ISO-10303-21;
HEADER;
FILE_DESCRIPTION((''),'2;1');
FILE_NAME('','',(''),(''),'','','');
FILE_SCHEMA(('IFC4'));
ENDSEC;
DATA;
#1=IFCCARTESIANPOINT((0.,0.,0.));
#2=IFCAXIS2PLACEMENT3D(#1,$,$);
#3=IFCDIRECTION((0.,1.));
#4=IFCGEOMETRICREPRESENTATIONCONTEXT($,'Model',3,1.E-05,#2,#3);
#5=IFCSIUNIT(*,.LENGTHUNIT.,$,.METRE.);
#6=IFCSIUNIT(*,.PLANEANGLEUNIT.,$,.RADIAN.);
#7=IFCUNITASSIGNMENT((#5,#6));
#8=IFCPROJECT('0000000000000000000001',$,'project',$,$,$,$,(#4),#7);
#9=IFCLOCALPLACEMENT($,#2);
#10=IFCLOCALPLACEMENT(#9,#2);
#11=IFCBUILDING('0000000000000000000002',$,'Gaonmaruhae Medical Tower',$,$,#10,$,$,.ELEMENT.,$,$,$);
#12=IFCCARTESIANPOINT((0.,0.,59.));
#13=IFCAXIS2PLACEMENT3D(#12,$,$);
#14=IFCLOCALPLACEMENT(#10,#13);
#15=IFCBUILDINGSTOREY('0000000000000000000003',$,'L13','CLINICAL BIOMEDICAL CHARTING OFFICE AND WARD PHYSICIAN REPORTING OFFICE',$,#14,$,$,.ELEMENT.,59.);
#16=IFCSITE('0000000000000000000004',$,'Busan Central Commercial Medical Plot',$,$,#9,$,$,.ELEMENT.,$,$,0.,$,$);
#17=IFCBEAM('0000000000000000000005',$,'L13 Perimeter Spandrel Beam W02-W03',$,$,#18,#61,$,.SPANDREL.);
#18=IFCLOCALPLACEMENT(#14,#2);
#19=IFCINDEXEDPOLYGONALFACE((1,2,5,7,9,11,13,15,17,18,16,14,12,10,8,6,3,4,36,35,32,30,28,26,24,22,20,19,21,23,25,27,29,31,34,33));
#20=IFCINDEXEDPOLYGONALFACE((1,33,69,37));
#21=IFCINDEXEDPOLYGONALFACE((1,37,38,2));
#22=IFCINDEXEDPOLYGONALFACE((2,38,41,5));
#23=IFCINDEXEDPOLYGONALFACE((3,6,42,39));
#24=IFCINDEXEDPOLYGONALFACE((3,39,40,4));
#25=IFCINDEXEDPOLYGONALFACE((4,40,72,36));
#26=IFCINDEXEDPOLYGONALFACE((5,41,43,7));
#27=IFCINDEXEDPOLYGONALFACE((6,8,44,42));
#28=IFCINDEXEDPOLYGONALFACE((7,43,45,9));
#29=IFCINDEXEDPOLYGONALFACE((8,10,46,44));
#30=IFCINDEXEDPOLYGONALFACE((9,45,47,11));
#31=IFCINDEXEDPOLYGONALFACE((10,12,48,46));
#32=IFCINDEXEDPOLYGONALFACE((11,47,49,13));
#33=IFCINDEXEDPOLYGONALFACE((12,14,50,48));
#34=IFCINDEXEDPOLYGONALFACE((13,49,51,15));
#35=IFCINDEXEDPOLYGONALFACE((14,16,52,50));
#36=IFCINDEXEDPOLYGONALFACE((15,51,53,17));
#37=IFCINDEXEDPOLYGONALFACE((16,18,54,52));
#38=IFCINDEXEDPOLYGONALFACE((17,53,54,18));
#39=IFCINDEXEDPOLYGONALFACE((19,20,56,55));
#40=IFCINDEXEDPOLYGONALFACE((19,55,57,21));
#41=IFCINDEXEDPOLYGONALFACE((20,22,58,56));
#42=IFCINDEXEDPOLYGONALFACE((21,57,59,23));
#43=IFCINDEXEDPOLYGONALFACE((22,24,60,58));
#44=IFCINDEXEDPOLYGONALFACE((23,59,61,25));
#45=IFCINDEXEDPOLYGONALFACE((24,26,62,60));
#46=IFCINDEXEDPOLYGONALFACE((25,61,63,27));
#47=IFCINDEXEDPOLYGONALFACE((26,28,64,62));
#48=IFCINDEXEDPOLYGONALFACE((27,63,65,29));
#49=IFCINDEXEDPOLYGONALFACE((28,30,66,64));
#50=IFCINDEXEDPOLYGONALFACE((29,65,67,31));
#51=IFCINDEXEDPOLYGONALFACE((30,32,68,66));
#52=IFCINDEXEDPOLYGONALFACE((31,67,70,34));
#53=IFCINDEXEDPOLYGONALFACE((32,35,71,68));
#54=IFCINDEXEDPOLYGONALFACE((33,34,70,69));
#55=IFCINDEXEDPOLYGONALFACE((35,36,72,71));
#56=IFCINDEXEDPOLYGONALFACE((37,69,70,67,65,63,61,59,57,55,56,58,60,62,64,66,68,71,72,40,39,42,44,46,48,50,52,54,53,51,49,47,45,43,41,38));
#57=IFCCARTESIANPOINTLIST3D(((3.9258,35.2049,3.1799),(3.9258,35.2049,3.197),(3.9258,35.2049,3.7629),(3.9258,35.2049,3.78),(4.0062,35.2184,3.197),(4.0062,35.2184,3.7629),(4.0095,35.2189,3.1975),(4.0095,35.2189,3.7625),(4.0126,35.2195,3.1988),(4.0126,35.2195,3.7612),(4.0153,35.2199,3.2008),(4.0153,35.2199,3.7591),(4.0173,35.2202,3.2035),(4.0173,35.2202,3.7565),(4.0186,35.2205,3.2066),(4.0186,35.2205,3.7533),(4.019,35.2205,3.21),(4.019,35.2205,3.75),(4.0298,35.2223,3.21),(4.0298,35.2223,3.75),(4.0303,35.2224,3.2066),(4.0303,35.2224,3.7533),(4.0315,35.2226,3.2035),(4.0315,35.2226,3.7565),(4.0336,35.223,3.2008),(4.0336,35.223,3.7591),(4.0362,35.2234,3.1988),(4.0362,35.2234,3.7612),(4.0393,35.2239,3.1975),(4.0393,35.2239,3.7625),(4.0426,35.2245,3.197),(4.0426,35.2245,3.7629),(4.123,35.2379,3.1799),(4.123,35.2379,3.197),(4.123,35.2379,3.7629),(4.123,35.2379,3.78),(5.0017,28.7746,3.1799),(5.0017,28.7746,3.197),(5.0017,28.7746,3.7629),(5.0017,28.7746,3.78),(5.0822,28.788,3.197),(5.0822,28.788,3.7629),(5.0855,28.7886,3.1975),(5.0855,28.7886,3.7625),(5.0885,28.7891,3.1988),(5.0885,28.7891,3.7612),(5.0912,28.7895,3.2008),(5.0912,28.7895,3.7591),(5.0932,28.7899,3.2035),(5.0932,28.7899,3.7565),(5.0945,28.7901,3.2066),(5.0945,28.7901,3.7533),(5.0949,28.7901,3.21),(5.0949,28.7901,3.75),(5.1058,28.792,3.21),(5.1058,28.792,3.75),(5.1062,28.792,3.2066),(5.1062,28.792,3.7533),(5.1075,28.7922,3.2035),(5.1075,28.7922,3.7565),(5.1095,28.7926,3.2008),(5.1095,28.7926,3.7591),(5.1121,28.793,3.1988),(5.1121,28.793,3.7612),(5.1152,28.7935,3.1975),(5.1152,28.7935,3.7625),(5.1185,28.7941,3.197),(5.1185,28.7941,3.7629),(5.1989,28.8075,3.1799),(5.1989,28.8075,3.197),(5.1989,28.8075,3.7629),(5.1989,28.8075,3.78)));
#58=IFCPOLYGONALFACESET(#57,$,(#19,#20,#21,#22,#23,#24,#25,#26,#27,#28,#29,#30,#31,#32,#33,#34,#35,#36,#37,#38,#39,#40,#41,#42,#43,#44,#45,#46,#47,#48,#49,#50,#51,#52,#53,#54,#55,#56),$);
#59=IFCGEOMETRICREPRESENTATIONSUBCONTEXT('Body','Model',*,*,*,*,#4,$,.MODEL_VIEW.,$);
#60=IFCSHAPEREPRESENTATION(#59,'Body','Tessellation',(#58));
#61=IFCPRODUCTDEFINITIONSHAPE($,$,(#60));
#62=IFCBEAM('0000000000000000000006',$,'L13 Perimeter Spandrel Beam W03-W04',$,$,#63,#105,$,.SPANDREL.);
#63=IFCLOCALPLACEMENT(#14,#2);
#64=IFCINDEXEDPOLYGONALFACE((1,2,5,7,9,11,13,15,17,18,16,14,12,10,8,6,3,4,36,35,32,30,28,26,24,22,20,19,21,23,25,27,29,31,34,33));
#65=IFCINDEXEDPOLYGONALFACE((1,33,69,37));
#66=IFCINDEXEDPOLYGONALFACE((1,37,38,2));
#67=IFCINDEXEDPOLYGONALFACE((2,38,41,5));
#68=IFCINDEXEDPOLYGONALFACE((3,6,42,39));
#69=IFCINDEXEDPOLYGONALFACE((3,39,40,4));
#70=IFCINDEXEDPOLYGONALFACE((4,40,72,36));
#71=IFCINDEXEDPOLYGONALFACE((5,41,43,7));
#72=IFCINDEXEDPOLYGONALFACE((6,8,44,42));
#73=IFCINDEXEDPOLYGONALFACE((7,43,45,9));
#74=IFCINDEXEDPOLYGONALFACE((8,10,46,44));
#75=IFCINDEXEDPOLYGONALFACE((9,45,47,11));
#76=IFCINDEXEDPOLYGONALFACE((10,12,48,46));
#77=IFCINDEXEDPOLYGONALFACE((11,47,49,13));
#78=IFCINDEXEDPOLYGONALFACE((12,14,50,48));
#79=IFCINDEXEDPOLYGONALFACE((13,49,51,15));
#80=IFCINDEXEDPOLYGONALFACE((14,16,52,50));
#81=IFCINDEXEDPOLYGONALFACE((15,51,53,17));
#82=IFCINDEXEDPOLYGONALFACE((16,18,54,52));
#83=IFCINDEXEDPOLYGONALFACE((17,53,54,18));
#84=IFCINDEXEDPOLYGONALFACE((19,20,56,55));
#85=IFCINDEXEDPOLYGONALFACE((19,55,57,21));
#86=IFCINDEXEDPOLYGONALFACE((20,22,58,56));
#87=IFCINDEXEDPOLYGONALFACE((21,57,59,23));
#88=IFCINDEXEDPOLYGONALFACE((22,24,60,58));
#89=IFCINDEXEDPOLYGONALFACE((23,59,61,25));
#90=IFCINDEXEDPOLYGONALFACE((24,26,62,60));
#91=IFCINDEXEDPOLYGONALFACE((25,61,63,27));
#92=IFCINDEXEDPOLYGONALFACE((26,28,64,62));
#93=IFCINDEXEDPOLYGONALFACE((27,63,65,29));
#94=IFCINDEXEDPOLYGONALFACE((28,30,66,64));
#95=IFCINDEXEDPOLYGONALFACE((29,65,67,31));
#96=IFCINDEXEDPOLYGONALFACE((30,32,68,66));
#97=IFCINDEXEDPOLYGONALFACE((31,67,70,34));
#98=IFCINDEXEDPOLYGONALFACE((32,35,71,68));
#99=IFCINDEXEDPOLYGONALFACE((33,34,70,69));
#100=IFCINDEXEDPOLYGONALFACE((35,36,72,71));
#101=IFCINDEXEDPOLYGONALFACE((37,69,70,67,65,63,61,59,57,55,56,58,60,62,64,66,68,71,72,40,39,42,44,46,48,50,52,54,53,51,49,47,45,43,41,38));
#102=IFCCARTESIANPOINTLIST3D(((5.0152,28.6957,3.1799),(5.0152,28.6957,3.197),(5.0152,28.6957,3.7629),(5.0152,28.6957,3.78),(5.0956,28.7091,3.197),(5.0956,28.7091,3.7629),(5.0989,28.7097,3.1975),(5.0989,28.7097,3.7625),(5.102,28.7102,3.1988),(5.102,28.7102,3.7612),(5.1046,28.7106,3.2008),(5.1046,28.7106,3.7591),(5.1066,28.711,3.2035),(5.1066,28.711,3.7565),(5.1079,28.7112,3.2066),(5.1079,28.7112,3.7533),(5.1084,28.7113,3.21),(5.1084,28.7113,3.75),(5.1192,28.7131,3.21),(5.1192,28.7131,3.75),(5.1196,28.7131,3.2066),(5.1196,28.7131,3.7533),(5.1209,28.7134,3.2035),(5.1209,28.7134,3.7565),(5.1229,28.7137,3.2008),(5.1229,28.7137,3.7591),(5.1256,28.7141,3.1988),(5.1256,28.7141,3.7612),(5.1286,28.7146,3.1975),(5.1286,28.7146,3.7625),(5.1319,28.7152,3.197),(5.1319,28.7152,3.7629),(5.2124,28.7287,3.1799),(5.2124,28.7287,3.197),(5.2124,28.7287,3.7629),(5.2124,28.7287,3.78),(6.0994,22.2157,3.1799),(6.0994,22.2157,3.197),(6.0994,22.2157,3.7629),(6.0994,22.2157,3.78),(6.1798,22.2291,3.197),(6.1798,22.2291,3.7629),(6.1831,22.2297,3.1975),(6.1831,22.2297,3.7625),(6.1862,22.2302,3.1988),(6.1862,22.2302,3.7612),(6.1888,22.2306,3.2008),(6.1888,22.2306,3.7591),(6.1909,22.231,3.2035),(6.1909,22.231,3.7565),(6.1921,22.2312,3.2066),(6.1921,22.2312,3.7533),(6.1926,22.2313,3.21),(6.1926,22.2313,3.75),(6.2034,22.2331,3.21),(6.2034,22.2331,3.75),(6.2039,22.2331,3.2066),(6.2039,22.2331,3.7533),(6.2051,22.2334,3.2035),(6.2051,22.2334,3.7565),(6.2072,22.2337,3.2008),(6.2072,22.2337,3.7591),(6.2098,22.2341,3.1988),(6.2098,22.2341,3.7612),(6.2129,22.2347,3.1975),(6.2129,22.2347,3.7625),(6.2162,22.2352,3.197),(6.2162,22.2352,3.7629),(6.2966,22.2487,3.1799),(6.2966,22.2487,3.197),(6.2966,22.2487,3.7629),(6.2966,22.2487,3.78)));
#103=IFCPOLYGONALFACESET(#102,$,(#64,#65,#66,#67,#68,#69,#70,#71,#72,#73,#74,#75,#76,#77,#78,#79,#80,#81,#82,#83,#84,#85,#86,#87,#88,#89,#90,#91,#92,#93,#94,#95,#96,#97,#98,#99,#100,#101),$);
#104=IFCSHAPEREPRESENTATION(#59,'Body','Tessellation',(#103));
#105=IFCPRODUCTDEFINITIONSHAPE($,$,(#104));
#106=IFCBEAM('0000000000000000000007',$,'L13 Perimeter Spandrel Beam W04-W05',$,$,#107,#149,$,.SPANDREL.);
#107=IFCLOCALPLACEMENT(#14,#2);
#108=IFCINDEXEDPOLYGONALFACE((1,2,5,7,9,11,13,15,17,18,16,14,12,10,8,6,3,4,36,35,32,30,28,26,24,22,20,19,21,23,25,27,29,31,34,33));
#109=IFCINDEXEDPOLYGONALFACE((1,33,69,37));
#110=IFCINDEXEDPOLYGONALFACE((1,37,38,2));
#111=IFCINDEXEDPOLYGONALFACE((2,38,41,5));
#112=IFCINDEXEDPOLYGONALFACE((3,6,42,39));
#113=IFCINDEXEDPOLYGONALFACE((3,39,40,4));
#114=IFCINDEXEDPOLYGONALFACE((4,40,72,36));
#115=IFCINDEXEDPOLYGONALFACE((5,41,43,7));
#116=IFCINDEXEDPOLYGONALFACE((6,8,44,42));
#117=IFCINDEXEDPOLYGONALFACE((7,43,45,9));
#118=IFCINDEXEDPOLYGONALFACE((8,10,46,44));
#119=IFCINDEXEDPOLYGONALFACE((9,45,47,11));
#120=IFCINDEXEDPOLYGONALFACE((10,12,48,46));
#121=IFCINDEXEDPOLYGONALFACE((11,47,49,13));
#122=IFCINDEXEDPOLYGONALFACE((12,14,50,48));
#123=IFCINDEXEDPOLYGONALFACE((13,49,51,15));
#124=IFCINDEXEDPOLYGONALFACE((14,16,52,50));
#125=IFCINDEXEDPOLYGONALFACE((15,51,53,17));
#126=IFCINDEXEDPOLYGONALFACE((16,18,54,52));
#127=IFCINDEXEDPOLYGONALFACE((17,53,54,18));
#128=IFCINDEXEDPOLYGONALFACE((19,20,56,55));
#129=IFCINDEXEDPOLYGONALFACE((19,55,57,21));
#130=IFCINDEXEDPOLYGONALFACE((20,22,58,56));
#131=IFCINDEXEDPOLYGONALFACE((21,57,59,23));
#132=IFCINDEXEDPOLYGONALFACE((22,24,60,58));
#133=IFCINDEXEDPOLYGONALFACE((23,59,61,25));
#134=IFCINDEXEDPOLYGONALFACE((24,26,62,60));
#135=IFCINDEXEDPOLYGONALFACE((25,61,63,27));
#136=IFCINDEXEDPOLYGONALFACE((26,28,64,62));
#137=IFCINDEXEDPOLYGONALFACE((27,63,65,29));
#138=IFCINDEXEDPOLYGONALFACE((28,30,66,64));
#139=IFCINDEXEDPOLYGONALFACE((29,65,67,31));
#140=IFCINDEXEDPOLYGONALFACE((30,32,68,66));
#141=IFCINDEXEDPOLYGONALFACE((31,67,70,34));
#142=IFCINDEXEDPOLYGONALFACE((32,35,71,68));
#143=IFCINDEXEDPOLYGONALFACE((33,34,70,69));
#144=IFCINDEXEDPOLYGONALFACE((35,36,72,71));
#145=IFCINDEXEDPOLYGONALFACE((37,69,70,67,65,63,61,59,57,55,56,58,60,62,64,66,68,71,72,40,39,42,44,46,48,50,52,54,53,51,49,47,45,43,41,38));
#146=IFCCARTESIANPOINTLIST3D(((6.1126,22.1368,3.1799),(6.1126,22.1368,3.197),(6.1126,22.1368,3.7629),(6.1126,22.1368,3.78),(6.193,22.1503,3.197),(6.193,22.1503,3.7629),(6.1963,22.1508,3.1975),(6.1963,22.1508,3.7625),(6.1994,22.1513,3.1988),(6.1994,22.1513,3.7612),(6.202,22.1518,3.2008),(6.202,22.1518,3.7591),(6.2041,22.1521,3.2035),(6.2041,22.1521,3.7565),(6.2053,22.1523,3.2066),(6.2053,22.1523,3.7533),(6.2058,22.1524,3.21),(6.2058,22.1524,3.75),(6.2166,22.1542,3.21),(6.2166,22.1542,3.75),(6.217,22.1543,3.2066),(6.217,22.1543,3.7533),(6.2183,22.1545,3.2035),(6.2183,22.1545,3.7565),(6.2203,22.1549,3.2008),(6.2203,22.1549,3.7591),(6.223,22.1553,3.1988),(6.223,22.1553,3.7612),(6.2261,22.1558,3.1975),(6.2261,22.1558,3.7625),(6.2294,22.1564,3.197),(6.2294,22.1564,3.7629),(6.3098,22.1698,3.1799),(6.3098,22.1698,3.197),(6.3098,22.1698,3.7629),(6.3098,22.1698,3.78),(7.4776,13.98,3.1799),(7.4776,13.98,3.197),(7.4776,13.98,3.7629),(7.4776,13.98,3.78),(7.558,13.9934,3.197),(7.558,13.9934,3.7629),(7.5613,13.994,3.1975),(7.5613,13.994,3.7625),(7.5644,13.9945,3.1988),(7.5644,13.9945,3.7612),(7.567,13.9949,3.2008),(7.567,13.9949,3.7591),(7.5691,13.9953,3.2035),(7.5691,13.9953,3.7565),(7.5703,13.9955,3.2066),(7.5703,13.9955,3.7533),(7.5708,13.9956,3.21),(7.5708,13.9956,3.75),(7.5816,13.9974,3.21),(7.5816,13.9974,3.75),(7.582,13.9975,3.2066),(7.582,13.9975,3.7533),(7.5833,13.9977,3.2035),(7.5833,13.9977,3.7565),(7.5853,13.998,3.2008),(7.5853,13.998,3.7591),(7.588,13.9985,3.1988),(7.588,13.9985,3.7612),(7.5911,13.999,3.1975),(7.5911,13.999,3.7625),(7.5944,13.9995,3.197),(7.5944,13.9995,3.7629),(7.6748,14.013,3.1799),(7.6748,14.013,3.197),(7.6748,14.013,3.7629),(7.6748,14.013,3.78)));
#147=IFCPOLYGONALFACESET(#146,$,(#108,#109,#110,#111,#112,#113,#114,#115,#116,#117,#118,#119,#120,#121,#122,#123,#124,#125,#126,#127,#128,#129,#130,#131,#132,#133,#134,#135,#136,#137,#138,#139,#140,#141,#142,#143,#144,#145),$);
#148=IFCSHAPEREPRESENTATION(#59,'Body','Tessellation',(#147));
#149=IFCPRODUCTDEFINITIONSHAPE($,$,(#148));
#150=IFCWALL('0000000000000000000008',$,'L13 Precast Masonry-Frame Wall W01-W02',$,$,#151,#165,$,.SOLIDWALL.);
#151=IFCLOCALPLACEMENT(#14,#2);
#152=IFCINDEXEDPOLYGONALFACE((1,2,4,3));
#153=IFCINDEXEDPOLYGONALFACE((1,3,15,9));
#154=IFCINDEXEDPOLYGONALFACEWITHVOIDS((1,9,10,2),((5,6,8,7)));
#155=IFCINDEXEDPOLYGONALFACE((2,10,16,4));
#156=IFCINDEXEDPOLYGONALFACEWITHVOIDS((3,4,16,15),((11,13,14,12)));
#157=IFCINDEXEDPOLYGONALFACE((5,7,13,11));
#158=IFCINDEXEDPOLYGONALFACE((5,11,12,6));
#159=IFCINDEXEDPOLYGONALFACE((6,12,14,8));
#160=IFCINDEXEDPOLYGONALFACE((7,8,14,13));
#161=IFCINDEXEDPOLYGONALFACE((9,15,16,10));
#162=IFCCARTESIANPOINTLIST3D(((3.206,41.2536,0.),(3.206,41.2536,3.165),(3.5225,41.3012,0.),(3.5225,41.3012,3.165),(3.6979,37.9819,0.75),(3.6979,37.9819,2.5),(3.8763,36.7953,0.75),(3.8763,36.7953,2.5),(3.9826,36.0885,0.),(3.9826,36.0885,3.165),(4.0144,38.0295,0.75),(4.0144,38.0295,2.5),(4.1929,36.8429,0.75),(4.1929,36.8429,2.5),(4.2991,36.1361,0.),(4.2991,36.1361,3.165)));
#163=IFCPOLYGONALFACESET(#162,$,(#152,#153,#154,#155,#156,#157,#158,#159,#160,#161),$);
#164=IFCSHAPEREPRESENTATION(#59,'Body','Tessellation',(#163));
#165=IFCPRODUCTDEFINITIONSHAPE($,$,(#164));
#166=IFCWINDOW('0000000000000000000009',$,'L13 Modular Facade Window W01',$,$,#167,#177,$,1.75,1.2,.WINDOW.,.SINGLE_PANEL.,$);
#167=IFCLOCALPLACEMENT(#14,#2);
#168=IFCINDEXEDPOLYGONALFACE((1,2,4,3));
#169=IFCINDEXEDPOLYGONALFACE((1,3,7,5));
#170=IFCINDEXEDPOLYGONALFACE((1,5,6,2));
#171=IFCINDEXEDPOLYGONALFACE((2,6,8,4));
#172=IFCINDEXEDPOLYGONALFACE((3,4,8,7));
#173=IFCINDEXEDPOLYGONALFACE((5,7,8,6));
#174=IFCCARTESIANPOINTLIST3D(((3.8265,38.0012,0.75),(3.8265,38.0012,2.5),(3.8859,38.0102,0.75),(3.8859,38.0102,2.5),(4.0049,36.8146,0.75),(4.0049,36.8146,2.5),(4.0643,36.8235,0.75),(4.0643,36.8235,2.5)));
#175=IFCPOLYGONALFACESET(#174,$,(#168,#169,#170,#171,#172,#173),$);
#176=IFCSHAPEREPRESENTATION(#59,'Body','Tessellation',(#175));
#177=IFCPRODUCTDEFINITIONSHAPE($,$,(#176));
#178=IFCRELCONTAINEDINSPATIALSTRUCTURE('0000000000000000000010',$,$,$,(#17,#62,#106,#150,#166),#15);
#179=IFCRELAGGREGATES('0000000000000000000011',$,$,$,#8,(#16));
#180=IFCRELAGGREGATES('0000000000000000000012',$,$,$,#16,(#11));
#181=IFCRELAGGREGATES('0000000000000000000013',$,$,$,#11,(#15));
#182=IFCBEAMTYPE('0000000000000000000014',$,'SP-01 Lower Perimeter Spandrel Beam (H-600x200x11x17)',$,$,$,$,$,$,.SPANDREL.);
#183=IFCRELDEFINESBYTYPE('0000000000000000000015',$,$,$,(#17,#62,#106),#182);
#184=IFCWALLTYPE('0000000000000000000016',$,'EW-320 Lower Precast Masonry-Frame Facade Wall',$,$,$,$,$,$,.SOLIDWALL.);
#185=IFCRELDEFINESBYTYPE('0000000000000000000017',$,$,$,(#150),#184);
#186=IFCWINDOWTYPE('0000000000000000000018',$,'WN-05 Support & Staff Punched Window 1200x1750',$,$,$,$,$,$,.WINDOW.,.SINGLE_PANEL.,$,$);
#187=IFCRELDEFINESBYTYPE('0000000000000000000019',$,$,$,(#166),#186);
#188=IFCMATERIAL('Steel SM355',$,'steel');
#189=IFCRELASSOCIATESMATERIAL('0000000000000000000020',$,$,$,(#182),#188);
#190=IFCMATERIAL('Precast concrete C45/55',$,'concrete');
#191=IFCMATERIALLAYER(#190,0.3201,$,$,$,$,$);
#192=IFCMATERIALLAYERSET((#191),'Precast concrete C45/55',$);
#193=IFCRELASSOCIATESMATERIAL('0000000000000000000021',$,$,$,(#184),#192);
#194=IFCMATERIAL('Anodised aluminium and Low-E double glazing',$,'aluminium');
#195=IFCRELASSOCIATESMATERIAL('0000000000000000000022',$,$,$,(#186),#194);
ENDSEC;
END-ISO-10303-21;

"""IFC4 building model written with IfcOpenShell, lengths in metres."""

from ifc_helpers import new_model, si_unit, direction, frame, frame_2d, origin, origin_2d, place, context, subcontext, project, spatial, rectangle, i_section, extrude, material, layer, layer_set, material_profile, profile_set, type_object, element, fill, save


model = new_model("IFC4")

# Units and contexts
model_context = context("Model", 3, precision=1e-05, world=origin(), true_north=direction((0.0, 1.0)))
body_context = subcontext(model_context, "Body", "Model", "MODEL_VIEW")
ifc_project = project(units=[si_unit("LENGTHUNIT", "METRE"), si_unit("PLANEANGLEUNIT", "RADIAN")], contexts=[model_context])

# Site, building, storey
site_placement = place(None, origin())
site = spatial("IfcSite", under=ifc_project, at=site_placement, Name="Busan Central Commercial Medical Plot", CompositionType="ELEMENT", RefElevation=0.0)
building_placement = place(site_placement, origin())
building = spatial("IfcBuilding", under=site, at=building_placement, Name="Gaonmaruhae Medical Tower", CompositionType="ELEMENT")
storey_placement = place(building_placement, frame((0.0, 0.0, 59.0)))
storey = spatial("IfcBuildingStorey", under=building, at=storey_placement, Name="L13", Description="CLINICAL BIOMEDICAL CHARTING OFFICE AND WARD PHYSICIAN REPORTING OFFICE", CompositionType="ELEMENT", Elevation=59.0)

# Beams
ifc_material_1 = material(Name="Steel SM355", Category="steel")
ifc_material_profile_1 = material_profile(ifc_material_1, i_section(OverallWidth=0.2, OverallDepth=0.6001, WebThickness=0.011, FlangeThickness=0.0171, FilletRadius=0.0129, at=origin_2d()), Name="H-600x200x11x17")
ifc_profile_set_1 = profile_set([ifc_material_profile_1], Name="Steel SM355")
beam_type_1 = type_object("IfcBeamType", Name="SP-01 Lower Perimeter Spandrel Beam (H-600x200x11x17)", PredefinedType="SPANDREL", material=ifc_profile_set_1)
beam_1_placement = place(storey_placement, frame((4.0244, 35.2214, 3.48), z_axis=(0.165024, -0.986289, 0.0), x_axis=(0.986289, 0.165024, 0.0)))
element("IfcBeam", 1, at=beam_1_placement, inside=storey, type_object=beam_type_1, Name="L13 Perimeter Spandrel Beam W02-W03", PredefinedType="SPANDREL", context=body_context, shape_type="SweptSolid", body=[
    extrude(i_section(OverallWidth=0.2, OverallDepth=0.6001, WebThickness=0.011, FlangeThickness=0.0171, FilletRadius=0.0129, at=origin_2d()), origin(), (0.0, 0.0, 1.0), 6.5198),
])
beam_2_placement = place(storey_placement, frame((5.1138, 28.7122, 3.48), z_axis=(0.165026, -0.986289, 0.0), x_axis=(0.986289, 0.165026, 0.0)))
element("IfcBeam", 2, at=beam_2_placement, inside=storey, type_object=beam_type_1, Name="L13 Perimeter Spandrel Beam W03-W04", PredefinedType="SPANDREL", context=body_context, shape_type="SweptSolid", body=[
    extrude(i_section(OverallWidth=0.2, OverallDepth=0.6001, WebThickness=0.011, FlangeThickness=0.0171, FilletRadius=0.0129, at=origin_2d()), origin(), (0.0, 0.0, 1.0), 6.5701),
])
beam_3_placement = place(storey_placement, frame((6.2112, 22.1533, 3.48), z_axis=(0.16505, -0.986285, 0.0), x_axis=(0.986285, 0.16505, 0.0)))
element("IfcBeam", 3, at=beam_3_placement, inside=storey, type_object=beam_type_1, Name="L13 Perimeter Spandrel Beam W04-W05", PredefinedType="SPANDREL", context=body_context, shape_type="SweptSolid", body=[
    extrude(i_section(OverallWidth=0.2, OverallDepth=0.6001, WebThickness=0.011, FlangeThickness=0.0171, FilletRadius=0.0129, at=origin_2d()), origin(), (0.0, 0.0, 1.0), 8.2703),
])

# Wall, opening, window
ifc_material_2 = material(Name="Precast concrete C45/55", Category="concrete")
ifc_layer_1 = layer(ifc_material_2, 0.3201)
ifc_layer_set_1 = layer_set([ifc_layer_1], Name="Precast concrete C45/55")
wall_type_1 = type_object("IfcWallType", Name="EW-320 Lower Precast Masonry-Frame Facade Wall", PredefinedType="SOLIDWALL", material=ifc_layer_set_1)
wall_1_placement = place(storey_placement, frame((4.1409, 36.1123, 0.0), z_axis=(0.0, 0.0, 1.0), x_axis=(-0.148688, 0.988884, 0.0)))
wall_1 = element("IfcWall", 4, at=wall_1_placement, inside=storey, type_object=wall_type_1, Name="L13 Precast Masonry-Frame Wall W01-W02", PredefinedType="SOLIDWALL", context=body_context, shape_type="SweptSolid", body=[
    extrude(rectangle(XDim=5.2231, YDim=0.3201, at=frame_2d((2.6116, 0.0))), origin(), (0.0, 0.0, 1.0), 3.165),
])
opening_1_placement = place(wall_1_placement, frame((0.7146, 0.0, 0.75)))
opening_1 = element("IfcOpeningElement", 5, at=opening_1_placement, cuts=wall_1, PredefinedType="OPENING", context=body_context, shape_type="SweptSolid", body=[
    extrude(rectangle(XDim=1.2, YDim=1.75, at=frame_2d((0.6001, 0.875))), frame((0.0, 0.1699, 0.0), z_axis=(0.0, -1.0, 0.0), x_axis=(1.0, 0.0, 0.0)), (0.0, 0.0, 1.0), 0.3401),
])
ifc_material_3 = material(Name="Anodised aluminium and Low-E double glazing", Category="aluminium")
window_type_1 = type_object("IfcWindowType", Name="WN-05 Support & Staff Punched Window 1200x1750", PartitioningType="SINGLE_PANEL", PredefinedType="WINDOW", material=ifc_material_3)
window_1_placement = place(opening_1_placement, origin())
window_1 = element("IfcWindow", 6, at=window_1_placement, inside=storey, type_object=window_type_1, Name="L13 Modular Facade Window W01", OverallHeight=1.75, OverallWidth=1.2, PartitioningType="SINGLE_PANEL", PredefinedType="WINDOW", context=body_context, shape_type="SweptSolid", body=[
    extrude(rectangle(XDim=1.2, YDim=1.75, at=frame_2d((0.6001, 0.875))), frame((0.0, 0.03, 0.0), z_axis=(0.0, -1.0, 0.0), x_axis=(1.0, 0.0, 0.0)), (0.0, 0.0, 1.0), 0.0601),
])
fill(opening_1, window_1)

save(model, "model.ifc")
